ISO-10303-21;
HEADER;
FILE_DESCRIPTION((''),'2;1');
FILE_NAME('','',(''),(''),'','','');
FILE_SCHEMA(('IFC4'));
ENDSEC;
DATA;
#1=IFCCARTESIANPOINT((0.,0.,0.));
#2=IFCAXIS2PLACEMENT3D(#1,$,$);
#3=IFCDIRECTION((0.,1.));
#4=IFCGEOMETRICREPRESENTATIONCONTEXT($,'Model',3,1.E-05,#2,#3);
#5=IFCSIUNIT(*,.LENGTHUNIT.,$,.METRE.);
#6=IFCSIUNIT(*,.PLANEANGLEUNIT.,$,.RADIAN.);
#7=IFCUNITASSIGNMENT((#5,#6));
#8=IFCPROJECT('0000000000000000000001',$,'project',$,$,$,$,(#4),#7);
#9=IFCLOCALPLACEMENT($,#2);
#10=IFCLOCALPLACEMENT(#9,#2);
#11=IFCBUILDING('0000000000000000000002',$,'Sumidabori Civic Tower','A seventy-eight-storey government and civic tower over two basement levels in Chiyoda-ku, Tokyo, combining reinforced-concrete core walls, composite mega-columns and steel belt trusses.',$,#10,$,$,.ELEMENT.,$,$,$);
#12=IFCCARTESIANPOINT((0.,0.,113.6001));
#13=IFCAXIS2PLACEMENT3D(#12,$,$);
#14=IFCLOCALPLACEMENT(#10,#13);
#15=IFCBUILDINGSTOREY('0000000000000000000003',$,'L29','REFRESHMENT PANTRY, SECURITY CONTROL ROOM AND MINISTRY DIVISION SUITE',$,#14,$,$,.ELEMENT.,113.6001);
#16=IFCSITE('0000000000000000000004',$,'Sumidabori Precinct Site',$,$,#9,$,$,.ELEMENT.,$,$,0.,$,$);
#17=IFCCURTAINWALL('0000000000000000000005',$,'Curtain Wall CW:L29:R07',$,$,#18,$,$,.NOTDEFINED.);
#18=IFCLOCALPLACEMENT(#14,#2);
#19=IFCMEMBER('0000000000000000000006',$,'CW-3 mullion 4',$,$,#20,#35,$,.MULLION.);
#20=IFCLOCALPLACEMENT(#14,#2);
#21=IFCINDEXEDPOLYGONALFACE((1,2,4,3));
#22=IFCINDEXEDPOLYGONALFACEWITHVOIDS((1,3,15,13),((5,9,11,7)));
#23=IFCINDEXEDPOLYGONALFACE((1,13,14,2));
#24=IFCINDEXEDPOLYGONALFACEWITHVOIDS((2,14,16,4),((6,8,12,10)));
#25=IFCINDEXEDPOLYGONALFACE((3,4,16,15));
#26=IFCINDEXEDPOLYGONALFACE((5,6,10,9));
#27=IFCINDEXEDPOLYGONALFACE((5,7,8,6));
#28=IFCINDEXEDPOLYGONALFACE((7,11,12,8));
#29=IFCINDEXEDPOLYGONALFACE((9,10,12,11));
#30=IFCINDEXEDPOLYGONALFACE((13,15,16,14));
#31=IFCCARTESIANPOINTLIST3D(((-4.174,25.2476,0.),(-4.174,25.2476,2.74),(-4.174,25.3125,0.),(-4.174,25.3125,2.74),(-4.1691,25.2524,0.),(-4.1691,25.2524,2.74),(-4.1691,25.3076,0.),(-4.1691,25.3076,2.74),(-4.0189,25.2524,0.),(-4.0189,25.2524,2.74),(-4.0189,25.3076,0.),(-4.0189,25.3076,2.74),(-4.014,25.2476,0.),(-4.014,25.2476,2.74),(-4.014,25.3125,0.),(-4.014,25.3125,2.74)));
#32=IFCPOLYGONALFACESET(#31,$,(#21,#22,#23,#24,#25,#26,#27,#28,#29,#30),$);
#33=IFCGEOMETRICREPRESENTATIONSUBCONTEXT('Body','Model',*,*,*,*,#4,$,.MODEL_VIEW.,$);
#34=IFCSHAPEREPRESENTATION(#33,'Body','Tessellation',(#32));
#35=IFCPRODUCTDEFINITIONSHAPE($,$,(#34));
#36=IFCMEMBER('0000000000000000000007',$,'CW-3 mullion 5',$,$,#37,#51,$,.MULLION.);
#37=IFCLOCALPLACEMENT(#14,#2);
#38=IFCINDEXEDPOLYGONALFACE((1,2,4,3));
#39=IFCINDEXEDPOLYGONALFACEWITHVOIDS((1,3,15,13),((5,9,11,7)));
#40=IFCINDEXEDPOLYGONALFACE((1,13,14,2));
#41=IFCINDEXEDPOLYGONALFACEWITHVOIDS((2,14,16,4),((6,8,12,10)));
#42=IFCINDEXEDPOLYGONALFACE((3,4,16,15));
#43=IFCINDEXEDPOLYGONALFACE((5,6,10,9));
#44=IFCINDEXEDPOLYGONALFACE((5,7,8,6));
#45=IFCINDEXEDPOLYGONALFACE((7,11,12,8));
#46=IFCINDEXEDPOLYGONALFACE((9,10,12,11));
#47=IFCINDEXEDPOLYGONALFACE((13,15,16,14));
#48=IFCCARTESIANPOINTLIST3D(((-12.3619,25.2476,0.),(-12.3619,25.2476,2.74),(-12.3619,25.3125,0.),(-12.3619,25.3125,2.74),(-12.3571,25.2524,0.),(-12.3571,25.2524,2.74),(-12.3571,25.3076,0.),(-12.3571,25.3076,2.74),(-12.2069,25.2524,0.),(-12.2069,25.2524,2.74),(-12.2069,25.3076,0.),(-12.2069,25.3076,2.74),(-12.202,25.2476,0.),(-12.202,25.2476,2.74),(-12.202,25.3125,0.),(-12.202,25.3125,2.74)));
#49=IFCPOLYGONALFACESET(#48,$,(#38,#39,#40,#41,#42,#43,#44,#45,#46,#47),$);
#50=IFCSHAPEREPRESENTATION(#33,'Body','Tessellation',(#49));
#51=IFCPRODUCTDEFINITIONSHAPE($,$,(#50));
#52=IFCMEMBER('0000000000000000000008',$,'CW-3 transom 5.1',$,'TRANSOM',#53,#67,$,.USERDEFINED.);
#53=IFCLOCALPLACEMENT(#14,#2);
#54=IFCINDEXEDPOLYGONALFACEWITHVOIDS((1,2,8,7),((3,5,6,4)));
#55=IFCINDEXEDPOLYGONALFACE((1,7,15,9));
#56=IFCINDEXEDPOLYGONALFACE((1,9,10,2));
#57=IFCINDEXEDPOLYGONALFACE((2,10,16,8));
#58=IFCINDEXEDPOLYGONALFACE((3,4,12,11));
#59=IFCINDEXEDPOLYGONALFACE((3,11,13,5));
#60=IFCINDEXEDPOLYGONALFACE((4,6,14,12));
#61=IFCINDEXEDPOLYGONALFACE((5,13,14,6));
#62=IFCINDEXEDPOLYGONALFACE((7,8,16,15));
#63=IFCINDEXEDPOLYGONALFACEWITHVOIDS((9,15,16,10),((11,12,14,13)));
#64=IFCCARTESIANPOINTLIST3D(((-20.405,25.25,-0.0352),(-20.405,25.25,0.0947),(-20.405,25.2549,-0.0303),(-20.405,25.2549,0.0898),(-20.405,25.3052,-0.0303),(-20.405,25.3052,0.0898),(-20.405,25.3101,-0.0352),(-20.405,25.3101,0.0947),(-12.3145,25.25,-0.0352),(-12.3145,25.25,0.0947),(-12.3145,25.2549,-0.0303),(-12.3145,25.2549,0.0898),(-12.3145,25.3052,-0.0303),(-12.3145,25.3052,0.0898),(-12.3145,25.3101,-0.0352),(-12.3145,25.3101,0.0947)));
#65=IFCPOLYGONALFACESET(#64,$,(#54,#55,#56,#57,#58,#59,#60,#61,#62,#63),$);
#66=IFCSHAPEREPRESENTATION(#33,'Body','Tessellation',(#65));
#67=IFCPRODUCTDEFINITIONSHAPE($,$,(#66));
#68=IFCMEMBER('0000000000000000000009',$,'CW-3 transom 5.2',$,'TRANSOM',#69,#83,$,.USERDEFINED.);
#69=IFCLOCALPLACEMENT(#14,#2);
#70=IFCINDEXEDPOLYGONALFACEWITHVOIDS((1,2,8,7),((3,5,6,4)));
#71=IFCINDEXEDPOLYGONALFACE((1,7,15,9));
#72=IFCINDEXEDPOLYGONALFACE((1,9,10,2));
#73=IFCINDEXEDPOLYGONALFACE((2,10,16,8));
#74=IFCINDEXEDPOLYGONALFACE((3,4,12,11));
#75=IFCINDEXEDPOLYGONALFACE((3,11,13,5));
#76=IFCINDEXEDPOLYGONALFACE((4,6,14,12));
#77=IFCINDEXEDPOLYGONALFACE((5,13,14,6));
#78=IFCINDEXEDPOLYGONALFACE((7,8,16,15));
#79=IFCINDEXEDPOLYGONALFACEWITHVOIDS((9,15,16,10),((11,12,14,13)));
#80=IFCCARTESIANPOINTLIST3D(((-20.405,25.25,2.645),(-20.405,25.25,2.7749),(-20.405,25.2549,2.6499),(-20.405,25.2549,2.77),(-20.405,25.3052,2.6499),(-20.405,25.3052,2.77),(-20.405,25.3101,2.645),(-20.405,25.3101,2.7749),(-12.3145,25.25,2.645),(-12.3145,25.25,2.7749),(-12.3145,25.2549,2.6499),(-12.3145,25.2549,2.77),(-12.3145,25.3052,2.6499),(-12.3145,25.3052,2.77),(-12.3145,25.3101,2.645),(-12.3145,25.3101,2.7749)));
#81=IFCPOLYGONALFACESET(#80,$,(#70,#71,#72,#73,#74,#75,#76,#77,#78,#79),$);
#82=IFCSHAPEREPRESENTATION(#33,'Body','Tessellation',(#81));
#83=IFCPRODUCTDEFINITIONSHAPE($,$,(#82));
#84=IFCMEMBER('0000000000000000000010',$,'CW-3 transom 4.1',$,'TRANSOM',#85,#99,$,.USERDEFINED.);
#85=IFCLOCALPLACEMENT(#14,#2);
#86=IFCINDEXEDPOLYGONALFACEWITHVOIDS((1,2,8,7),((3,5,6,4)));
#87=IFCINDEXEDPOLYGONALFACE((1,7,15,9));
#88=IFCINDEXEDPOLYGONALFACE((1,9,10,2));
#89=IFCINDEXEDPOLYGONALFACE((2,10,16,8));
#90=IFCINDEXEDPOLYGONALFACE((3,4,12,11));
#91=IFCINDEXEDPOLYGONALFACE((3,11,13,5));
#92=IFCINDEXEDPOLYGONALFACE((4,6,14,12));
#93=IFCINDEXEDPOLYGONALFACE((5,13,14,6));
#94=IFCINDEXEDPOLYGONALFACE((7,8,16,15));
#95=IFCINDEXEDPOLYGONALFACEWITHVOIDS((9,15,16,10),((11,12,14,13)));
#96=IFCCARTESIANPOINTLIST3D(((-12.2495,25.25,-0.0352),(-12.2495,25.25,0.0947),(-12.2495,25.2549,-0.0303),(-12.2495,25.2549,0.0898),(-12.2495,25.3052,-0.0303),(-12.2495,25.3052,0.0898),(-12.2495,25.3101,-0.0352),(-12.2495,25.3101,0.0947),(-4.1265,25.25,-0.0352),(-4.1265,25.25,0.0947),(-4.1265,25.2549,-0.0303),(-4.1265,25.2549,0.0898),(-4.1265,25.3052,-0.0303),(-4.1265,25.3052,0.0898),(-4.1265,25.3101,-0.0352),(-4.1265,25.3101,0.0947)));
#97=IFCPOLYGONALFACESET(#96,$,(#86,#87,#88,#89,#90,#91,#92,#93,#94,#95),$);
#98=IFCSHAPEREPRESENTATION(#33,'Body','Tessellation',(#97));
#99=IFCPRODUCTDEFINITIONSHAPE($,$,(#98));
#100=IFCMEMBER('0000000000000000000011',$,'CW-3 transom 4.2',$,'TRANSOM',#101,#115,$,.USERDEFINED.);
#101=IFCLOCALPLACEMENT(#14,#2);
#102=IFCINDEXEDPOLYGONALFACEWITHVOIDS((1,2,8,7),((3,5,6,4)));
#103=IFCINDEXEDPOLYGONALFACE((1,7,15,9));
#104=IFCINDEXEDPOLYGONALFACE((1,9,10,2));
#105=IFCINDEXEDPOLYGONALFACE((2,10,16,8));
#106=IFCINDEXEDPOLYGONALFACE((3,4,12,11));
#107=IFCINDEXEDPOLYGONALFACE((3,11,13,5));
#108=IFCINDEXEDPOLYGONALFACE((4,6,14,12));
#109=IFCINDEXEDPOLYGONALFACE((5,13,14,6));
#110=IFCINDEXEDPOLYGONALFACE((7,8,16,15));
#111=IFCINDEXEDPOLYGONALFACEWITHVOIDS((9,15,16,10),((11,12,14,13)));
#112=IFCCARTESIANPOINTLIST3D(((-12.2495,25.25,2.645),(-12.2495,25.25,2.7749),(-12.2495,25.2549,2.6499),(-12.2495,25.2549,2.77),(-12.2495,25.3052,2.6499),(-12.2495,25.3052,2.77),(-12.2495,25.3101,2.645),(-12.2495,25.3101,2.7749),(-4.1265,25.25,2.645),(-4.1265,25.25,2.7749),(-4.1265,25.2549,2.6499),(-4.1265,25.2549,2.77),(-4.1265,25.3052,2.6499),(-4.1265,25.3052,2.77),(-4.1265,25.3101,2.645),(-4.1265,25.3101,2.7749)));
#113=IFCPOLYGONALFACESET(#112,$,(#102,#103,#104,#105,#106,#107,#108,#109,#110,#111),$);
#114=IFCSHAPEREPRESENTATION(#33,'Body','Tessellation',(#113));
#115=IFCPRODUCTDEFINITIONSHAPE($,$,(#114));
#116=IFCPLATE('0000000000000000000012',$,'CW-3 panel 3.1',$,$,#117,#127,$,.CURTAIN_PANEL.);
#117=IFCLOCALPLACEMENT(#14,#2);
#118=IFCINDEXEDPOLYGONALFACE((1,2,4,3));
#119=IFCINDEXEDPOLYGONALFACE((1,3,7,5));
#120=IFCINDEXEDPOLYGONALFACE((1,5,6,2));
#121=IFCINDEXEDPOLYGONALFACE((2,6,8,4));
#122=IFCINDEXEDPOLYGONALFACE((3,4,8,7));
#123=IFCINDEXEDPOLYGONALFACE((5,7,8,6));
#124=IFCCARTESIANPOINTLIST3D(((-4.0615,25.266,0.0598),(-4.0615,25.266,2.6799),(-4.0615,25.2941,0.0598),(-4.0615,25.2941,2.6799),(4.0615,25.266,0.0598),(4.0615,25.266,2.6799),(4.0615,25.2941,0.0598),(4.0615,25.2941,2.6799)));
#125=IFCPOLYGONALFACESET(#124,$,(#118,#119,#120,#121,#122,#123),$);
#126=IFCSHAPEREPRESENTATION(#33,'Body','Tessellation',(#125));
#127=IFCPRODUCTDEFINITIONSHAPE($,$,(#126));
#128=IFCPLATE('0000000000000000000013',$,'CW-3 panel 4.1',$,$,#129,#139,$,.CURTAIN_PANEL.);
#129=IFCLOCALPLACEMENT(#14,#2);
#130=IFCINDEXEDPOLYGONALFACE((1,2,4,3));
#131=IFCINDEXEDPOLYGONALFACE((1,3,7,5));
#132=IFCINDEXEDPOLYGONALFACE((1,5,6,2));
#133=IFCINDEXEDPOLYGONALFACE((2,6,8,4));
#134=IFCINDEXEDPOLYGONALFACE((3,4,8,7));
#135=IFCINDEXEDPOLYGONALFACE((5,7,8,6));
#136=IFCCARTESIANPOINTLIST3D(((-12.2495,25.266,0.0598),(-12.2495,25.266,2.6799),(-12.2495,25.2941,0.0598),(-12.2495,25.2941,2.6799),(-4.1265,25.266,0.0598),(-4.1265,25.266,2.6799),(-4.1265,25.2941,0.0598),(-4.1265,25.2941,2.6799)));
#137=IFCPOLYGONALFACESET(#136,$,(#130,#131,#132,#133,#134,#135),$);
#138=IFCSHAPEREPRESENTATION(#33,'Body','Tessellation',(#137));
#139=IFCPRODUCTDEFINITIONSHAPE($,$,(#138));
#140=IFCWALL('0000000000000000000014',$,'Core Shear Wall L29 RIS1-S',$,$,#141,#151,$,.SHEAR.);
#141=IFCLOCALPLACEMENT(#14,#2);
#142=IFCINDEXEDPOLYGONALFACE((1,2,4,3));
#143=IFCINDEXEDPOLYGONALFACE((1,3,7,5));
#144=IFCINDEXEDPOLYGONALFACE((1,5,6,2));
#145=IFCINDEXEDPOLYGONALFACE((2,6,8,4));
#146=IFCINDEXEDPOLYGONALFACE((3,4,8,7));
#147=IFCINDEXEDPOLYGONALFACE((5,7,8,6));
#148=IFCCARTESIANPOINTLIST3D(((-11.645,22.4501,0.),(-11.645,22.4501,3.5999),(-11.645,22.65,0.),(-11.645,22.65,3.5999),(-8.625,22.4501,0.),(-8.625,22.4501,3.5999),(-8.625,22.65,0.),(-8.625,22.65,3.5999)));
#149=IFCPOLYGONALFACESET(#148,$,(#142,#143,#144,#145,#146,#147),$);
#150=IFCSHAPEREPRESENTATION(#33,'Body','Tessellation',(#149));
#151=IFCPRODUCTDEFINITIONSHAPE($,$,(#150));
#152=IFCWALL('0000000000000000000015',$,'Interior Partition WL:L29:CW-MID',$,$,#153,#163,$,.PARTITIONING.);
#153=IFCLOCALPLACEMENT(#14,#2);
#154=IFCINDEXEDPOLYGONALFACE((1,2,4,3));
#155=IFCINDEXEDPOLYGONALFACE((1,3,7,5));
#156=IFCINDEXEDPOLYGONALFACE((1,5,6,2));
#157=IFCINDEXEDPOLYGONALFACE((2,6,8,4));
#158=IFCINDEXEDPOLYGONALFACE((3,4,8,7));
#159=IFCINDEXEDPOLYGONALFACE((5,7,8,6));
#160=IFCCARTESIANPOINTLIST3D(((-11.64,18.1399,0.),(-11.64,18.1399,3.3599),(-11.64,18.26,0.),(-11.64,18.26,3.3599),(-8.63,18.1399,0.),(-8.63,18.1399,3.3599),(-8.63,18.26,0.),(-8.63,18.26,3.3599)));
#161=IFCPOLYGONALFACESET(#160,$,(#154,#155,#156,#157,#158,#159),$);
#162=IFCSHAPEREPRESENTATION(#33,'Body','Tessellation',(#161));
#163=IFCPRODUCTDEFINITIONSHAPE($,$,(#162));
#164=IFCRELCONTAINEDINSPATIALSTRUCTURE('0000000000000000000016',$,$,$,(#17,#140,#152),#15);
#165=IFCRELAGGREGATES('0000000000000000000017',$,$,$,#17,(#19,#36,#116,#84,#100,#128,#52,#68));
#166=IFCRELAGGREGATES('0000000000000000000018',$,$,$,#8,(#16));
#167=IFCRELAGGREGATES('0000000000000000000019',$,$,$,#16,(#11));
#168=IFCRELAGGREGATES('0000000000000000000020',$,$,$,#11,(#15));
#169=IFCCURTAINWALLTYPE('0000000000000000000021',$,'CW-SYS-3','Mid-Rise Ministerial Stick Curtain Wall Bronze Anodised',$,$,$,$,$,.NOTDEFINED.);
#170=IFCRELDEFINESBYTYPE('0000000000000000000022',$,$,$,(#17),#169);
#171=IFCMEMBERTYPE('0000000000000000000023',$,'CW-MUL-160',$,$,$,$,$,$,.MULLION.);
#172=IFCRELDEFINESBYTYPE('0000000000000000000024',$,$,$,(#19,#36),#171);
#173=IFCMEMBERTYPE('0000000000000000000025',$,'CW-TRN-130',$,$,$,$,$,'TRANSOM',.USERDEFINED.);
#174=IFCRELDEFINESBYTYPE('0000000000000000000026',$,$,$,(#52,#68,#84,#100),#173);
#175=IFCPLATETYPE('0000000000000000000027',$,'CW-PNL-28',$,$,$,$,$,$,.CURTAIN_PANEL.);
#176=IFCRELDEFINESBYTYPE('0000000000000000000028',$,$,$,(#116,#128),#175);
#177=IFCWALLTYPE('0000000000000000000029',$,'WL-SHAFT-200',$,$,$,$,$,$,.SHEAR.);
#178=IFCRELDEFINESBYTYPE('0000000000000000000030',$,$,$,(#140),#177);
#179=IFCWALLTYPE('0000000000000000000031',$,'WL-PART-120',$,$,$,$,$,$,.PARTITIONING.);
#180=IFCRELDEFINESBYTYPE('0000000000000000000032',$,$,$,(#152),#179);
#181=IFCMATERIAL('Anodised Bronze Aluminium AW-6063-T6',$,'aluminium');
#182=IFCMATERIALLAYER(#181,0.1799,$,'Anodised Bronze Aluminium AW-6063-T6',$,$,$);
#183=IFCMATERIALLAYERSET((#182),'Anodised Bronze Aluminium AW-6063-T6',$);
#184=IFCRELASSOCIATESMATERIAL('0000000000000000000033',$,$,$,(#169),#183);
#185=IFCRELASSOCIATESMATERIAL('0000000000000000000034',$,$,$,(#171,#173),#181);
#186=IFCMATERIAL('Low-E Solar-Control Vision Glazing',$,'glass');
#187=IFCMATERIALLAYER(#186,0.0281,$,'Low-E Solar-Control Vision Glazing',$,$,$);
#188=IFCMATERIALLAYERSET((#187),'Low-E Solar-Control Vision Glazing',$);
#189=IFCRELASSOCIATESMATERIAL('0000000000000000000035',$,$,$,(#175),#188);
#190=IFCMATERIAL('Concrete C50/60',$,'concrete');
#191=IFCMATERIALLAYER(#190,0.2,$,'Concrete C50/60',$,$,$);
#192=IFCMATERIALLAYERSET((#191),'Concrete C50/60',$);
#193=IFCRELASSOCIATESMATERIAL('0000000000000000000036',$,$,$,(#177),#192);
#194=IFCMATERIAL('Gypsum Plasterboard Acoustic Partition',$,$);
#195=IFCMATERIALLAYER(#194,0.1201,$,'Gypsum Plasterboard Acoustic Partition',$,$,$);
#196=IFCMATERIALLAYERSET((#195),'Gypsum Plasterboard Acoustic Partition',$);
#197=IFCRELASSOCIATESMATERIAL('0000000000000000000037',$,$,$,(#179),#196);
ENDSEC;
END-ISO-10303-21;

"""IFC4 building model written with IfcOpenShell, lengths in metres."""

from ifc_helpers import new_model, si_unit, direction, frame, frame_2d, origin, origin_2d, place, context, subcontext, project, spatial, rectangle, hollow_rectangle, extrude, source, transform, mapped, material, layer, layer_set, material_profile, profile_set, type_object, element, aggregate, save


model = new_model("IFC4")

# Units and contexts
model_context = context("Model", 3, precision=1e-05, world=origin(), true_north=direction((0.0, 1.0)))
body_context = subcontext(model_context, "Body", "Model", "MODEL_VIEW")
ifc_project = project(units=[si_unit("LENGTHUNIT", "METRE"), si_unit("PLANEANGLEUNIT", "RADIAN")], contexts=[model_context])

# Site, building, storey
site_placement = place(None, origin())
site = spatial("IfcSite", under=ifc_project, at=site_placement, Name="Sumidabori Precinct Site", CompositionType="ELEMENT", RefElevation=0.0)
building_placement = place(site_placement, origin())
building = spatial("IfcBuilding", under=site, at=building_placement, Name="Sumidabori Civic Tower", Description="A seventy-eight-storey government and civic tower over two basement levels in Chiyoda-ku, Tokyo, combining reinforced-concrete core walls, composite mega-columns and steel belt trusses.", CompositionType="ELEMENT")
storey_placement = place(building_placement, frame((0.0, 0.0, 113.6001)))
storey = spatial("IfcBuildingStorey", under=building, at=storey_placement, Name="L29", Description="REFRESHMENT PANTRY, SECURITY CONTROL ROOM AND MINISTRY DIVISION SUITE", CompositionType="ELEMENT", Elevation=113.6001)

# Curtain wall, members, plates
ifc_material_1 = material(Name="Anodised Bronze Aluminium AW-6063-T6", Category="aluminium")
ifc_layer_1 = layer(ifc_material_1, 0.1799, Name="Anodised Bronze Aluminium AW-6063-T6")
ifc_layer_set_1 = layer_set([ifc_layer_1], Name="Anodised Bronze Aluminium AW-6063-T6")
curtain_wall_type = type_object("IfcCurtainWallType", Name="CW-SYS-3", Description="Mid-Rise Ministerial Stick Curtain Wall Bronze Anodised", PredefinedType="NOTDEFINED", material=ifc_layer_set_1)
curtain_wall_placement = place(storey_placement, origin())
curtain_wall = element("IfcCurtainWall", 1, at=curtain_wall_placement, inside=storey, type_object=curtain_wall_type, Name="Curtain Wall CW:L29:R07", PredefinedType="NOTDEFINED")
ifc_material_profile_1 = material_profile(ifc_material_1, hollow_rectangle(XDim=0.0649, YDim=0.1599, WallThickness=0.0049, at=origin_2d()), Name="ALU MULLION 160x65")
ifc_profile_set_1 = profile_set([ifc_material_profile_1], Name="Anodised Bronze Aluminium AW-6063-T6")
member_type_1 = type_object("IfcMemberType", Name="CW-MUL-160", PredefinedType="MULLION", material=ifc_profile_set_1)
shared_shape_1 = source(origin(), body_context, "Body", "SweptSolid", [
    extrude(hollow_rectangle(XDim=0.0649, YDim=0.1599, WallThickness=0.0049, at=origin_2d()), origin(), (0.0, 0.0, 1.0), 2.74),
])
member_1_placement = place(storey_placement, frame((-4.094, 25.28, 0.0), z_axis=(0.0, 0.0, 1.0), x_axis=(0.0, -1.0, 0.0)))
member_1 = element("IfcMember", 2, at=member_1_placement, type_object=member_type_1, Name="CW-3 mullion 4", PredefinedType="MULLION", context=body_context, shape_type="MappedRepresentation", body=[
    mapped(shared_shape_1, transform((0.0, 0.0, 0.0), x_axis=(1.0, 0.0, 0.0), y_axis=(0.0, 1.0, 0.0), z_axis=(0.0, 0.0, 1.0), scale=1.0)),
])
member_2_placement = place(storey_placement, frame((-12.282, 25.28, 0.0), z_axis=(0.0, 0.0, 1.0), x_axis=(0.0, -1.0, 0.0)))
member_2 = element("IfcMember", 3, at=member_2_placement, type_object=member_type_1, Name="CW-3 mullion 5", PredefinedType="MULLION", context=body_context, shape_type="MappedRepresentation", body=[
    mapped(shared_shape_1, transform((0.0, 0.0, 0.0), x_axis=(1.0, 0.0, 0.0), y_axis=(0.0, 1.0, 0.0), z_axis=(0.0, 0.0, 1.0), scale=1.0)),
])
ifc_material_profile_2 = material_profile(ifc_material_1, hollow_rectangle(XDim=0.0601, YDim=0.1299, WallThickness=0.0049, at=origin_2d()), Name="ALU TRANSOM 130x60")
ifc_profile_set_2 = profile_set([ifc_material_profile_2], Name="Anodised Bronze Aluminium AW-6063-T6")
member_type_2 = type_object("IfcMemberType", Name="CW-TRN-130", ElementType="TRANSOM", PredefinedType="USERDEFINED", material=ifc_profile_set_2)
shared_shape_2 = source(origin(), body_context, "Body", "SweptSolid", [
    extrude(hollow_rectangle(XDim=0.0601, YDim=0.1299, WallThickness=0.0049, at=origin_2d()), origin(), (0.0, 0.0, 1.0), 8.0906),
])
member_3_placement = place(storey_placement, frame((-12.3145, 25.28, 0.0298), z_axis=(-1.0, 0.0, 0.0), x_axis=(0.0, -1.0, 0.0)))
member_3 = element("IfcMember", 4, at=member_3_placement, type_object=member_type_2, Name="CW-3 transom 5.1", ObjectType="TRANSOM", PredefinedType="USERDEFINED", context=body_context, shape_type="MappedRepresentation", body=[
    mapped(shared_shape_2, transform((0.0, 0.0, 0.0), x_axis=(1.0, 0.0, 0.0), y_axis=(0.0, 1.0, 0.0), z_axis=(0.0, 0.0, 1.0), scale=1.0)),
])
member_4_placement = place(storey_placement, frame((-12.3145, 25.28, 2.71), z_axis=(-1.0, 0.0, 0.0), x_axis=(0.0, -1.0, 0.0)))
member_4 = element("IfcMember", 5, at=member_4_placement, type_object=member_type_2, Name="CW-3 transom 5.2", ObjectType="TRANSOM", PredefinedType="USERDEFINED", context=body_context, shape_type="MappedRepresentation", body=[
    mapped(shared_shape_2, transform((0.0, 0.0, 0.0), x_axis=(1.0, 0.0, 0.0), y_axis=(0.0, 1.0, 0.0), z_axis=(0.0, 0.0, 1.0), scale=1.0)),
])
shared_shape_3 = source(origin(), body_context, "Body", "SweptSolid", [
    extrude(hollow_rectangle(XDim=0.0601, YDim=0.1299, WallThickness=0.0049, at=origin_2d()), origin(), (0.0, 0.0, 1.0), 8.123),
])
member_5_placement = place(storey_placement, frame((-4.1265, 25.28, 0.0298), z_axis=(-1.0, 0.0, 0.0), x_axis=(0.0, -1.0, 0.0)))
member_5 = element("IfcMember", 6, at=member_5_placement, type_object=member_type_2, Name="CW-3 transom 4.1", ObjectType="TRANSOM", PredefinedType="USERDEFINED", context=body_context, shape_type="MappedRepresentation", body=[
    mapped(shared_shape_3, transform((0.0, 0.0, 0.0), x_axis=(1.0, 0.0, 0.0), y_axis=(0.0, 1.0, 0.0), z_axis=(0.0, 0.0, 1.0), scale=1.0)),
])
member_6_placement = place(storey_placement, frame((-4.1265, 25.28, 2.71), z_axis=(-1.0, 0.0, 0.0), x_axis=(0.0, -1.0, 0.0)))
member_6 = element("IfcMember", 7, at=member_6_placement, type_object=member_type_2, Name="CW-3 transom 4.2", ObjectType="TRANSOM", PredefinedType="USERDEFINED", context=body_context, shape_type="MappedRepresentation", body=[
    mapped(shared_shape_3, transform((0.0, 0.0, 0.0), x_axis=(1.0, 0.0, 0.0), y_axis=(0.0, 1.0, 0.0), z_axis=(0.0, 0.0, 1.0), scale=1.0)),
])
ifc_material_2 = material(Name="Low-E Solar-Control Vision Glazing", Category="glass")
ifc_layer_2 = layer(ifc_material_2, 0.0281, Name="Low-E Solar-Control Vision Glazing")
ifc_layer_set_2 = layer_set([ifc_layer_2], Name="Low-E Solar-Control Vision Glazing")
plate_type = type_object("IfcPlateType", Name="CW-PNL-28", PredefinedType="CURTAIN_PANEL", material=ifc_layer_set_2)
shared_shape_4 = source(origin(), body_context, "Body", "SweptSolid", [
    extrude(rectangle(XDim=8.123, YDim=0.0281, at=origin_2d()), origin(), (0.0, 0.0, 1.0), 2.6201),
])
plate_1_placement = place(storey_placement, frame((0.0, 25.28, 0.0598), z_axis=(0.0, 0.0, 1.0), x_axis=(-1.0, 0.0, 0.0)))
plate_1 = element("IfcPlate", 8, at=plate_1_placement, type_object=plate_type, Name="CW-3 panel 3.1", PredefinedType="CURTAIN_PANEL", context=body_context, shape_type="MappedRepresentation", body=[
    mapped(shared_shape_4, transform((0.0, 0.0, 0.0), x_axis=(1.0, 0.0, 0.0), y_axis=(0.0, 1.0, 0.0), z_axis=(0.0, 0.0, 1.0), scale=1.0)),
])
plate_2_placement = place(storey_placement, frame((-8.188, 25.28, 0.0598), z_axis=(0.0, 0.0, 1.0), x_axis=(-1.0, 0.0, 0.0)))
plate_2 = element("IfcPlate", 9, at=plate_2_placement, type_object=plate_type, Name="CW-3 panel 4.1", PredefinedType="CURTAIN_PANEL", context=body_context, shape_type="MappedRepresentation", body=[
    mapped(shared_shape_4, transform((0.0, 0.0, 0.0), x_axis=(1.0, 0.0, 0.0), y_axis=(0.0, 1.0, 0.0), z_axis=(0.0, 0.0, 1.0), scale=1.0)),
])
aggregate(curtain_wall, [member_1, member_2, plate_1, member_5, member_6, plate_2, member_3, member_4])

# Wall
ifc_material_3 = material(Name="Concrete C50/60", Category="concrete")
ifc_layer_3 = layer(ifc_material_3, 0.2, Name="Concrete C50/60")
ifc_layer_set_3 = layer_set([ifc_layer_3], Name="Concrete C50/60")
wall_type_1 = type_object("IfcWallType", Name="WL-SHAFT-200", PredefinedType="SHEAR", material=ifc_layer_set_3)
shared_shape_5 = source(origin(), body_context, "Body", "SweptSolid", [
    extrude(rectangle(XDim=3.02, YDim=0.2, at=frame_2d((1.51, 0.0))), origin(), (0.0, 0.0, 1.0), 3.5999),
])
wall_1_placement = place(storey_placement, frame((-11.645, 22.55, 0.0), z_axis=(0.0, 0.0, 1.0), x_axis=(1.0, 0.0, 0.0)))
element("IfcWall", 10, at=wall_1_placement, inside=storey, type_object=wall_type_1, Name="Core Shear Wall L29 RIS1-S", PredefinedType="SHEAR", context=body_context, shape_type="MappedRepresentation", body=[
    mapped(shared_shape_5, transform((0.0, 0.0, 0.0), x_axis=(1.0, 0.0, 0.0), y_axis=(0.0, 1.0, 0.0), z_axis=(0.0, 0.0, 1.0), scale=1.0)),
])

# Shared definitions
ifc_material_4 = material(Name="Gypsum Plasterboard Acoustic Partition")

# Wall
ifc_layer_4 = layer(ifc_material_4, 0.1201, Name="Gypsum Plasterboard Acoustic Partition")
ifc_layer_set_4 = layer_set([ifc_layer_4], Name="Gypsum Plasterboard Acoustic Partition")
wall_type_2 = type_object("IfcWallType", Name="WL-PART-120", PredefinedType="PARTITIONING", material=ifc_layer_set_4)
shared_shape_6 = source(origin(), body_context, "Body", "SweptSolid", [
    extrude(rectangle(XDim=3.01, YDim=0.1201, at=frame_2d((1.5049, 0.0))), origin(), (0.0, 0.0, 1.0), 3.3599),
])
wall_2_placement = place(storey_placement, frame((-11.6399, 18.2, 0.0), z_axis=(0.0, 0.0, 1.0), x_axis=(1.0, 0.0, 0.0)))
element("IfcWall", 11, at=wall_2_placement, inside=storey, type_object=wall_type_2, Name="Interior Partition WL:L29:CW-MID", PredefinedType="PARTITIONING", context=body_context, shape_type="MappedRepresentation", body=[
    mapped(shared_shape_6, transform((0.0, 0.0, 0.0), x_axis=(1.0, 0.0, 0.0), y_axis=(0.0, 1.0, 0.0), z_axis=(0.0, 0.0, 1.0), scale=1.0)),
])

save(model, "model.ifc")
